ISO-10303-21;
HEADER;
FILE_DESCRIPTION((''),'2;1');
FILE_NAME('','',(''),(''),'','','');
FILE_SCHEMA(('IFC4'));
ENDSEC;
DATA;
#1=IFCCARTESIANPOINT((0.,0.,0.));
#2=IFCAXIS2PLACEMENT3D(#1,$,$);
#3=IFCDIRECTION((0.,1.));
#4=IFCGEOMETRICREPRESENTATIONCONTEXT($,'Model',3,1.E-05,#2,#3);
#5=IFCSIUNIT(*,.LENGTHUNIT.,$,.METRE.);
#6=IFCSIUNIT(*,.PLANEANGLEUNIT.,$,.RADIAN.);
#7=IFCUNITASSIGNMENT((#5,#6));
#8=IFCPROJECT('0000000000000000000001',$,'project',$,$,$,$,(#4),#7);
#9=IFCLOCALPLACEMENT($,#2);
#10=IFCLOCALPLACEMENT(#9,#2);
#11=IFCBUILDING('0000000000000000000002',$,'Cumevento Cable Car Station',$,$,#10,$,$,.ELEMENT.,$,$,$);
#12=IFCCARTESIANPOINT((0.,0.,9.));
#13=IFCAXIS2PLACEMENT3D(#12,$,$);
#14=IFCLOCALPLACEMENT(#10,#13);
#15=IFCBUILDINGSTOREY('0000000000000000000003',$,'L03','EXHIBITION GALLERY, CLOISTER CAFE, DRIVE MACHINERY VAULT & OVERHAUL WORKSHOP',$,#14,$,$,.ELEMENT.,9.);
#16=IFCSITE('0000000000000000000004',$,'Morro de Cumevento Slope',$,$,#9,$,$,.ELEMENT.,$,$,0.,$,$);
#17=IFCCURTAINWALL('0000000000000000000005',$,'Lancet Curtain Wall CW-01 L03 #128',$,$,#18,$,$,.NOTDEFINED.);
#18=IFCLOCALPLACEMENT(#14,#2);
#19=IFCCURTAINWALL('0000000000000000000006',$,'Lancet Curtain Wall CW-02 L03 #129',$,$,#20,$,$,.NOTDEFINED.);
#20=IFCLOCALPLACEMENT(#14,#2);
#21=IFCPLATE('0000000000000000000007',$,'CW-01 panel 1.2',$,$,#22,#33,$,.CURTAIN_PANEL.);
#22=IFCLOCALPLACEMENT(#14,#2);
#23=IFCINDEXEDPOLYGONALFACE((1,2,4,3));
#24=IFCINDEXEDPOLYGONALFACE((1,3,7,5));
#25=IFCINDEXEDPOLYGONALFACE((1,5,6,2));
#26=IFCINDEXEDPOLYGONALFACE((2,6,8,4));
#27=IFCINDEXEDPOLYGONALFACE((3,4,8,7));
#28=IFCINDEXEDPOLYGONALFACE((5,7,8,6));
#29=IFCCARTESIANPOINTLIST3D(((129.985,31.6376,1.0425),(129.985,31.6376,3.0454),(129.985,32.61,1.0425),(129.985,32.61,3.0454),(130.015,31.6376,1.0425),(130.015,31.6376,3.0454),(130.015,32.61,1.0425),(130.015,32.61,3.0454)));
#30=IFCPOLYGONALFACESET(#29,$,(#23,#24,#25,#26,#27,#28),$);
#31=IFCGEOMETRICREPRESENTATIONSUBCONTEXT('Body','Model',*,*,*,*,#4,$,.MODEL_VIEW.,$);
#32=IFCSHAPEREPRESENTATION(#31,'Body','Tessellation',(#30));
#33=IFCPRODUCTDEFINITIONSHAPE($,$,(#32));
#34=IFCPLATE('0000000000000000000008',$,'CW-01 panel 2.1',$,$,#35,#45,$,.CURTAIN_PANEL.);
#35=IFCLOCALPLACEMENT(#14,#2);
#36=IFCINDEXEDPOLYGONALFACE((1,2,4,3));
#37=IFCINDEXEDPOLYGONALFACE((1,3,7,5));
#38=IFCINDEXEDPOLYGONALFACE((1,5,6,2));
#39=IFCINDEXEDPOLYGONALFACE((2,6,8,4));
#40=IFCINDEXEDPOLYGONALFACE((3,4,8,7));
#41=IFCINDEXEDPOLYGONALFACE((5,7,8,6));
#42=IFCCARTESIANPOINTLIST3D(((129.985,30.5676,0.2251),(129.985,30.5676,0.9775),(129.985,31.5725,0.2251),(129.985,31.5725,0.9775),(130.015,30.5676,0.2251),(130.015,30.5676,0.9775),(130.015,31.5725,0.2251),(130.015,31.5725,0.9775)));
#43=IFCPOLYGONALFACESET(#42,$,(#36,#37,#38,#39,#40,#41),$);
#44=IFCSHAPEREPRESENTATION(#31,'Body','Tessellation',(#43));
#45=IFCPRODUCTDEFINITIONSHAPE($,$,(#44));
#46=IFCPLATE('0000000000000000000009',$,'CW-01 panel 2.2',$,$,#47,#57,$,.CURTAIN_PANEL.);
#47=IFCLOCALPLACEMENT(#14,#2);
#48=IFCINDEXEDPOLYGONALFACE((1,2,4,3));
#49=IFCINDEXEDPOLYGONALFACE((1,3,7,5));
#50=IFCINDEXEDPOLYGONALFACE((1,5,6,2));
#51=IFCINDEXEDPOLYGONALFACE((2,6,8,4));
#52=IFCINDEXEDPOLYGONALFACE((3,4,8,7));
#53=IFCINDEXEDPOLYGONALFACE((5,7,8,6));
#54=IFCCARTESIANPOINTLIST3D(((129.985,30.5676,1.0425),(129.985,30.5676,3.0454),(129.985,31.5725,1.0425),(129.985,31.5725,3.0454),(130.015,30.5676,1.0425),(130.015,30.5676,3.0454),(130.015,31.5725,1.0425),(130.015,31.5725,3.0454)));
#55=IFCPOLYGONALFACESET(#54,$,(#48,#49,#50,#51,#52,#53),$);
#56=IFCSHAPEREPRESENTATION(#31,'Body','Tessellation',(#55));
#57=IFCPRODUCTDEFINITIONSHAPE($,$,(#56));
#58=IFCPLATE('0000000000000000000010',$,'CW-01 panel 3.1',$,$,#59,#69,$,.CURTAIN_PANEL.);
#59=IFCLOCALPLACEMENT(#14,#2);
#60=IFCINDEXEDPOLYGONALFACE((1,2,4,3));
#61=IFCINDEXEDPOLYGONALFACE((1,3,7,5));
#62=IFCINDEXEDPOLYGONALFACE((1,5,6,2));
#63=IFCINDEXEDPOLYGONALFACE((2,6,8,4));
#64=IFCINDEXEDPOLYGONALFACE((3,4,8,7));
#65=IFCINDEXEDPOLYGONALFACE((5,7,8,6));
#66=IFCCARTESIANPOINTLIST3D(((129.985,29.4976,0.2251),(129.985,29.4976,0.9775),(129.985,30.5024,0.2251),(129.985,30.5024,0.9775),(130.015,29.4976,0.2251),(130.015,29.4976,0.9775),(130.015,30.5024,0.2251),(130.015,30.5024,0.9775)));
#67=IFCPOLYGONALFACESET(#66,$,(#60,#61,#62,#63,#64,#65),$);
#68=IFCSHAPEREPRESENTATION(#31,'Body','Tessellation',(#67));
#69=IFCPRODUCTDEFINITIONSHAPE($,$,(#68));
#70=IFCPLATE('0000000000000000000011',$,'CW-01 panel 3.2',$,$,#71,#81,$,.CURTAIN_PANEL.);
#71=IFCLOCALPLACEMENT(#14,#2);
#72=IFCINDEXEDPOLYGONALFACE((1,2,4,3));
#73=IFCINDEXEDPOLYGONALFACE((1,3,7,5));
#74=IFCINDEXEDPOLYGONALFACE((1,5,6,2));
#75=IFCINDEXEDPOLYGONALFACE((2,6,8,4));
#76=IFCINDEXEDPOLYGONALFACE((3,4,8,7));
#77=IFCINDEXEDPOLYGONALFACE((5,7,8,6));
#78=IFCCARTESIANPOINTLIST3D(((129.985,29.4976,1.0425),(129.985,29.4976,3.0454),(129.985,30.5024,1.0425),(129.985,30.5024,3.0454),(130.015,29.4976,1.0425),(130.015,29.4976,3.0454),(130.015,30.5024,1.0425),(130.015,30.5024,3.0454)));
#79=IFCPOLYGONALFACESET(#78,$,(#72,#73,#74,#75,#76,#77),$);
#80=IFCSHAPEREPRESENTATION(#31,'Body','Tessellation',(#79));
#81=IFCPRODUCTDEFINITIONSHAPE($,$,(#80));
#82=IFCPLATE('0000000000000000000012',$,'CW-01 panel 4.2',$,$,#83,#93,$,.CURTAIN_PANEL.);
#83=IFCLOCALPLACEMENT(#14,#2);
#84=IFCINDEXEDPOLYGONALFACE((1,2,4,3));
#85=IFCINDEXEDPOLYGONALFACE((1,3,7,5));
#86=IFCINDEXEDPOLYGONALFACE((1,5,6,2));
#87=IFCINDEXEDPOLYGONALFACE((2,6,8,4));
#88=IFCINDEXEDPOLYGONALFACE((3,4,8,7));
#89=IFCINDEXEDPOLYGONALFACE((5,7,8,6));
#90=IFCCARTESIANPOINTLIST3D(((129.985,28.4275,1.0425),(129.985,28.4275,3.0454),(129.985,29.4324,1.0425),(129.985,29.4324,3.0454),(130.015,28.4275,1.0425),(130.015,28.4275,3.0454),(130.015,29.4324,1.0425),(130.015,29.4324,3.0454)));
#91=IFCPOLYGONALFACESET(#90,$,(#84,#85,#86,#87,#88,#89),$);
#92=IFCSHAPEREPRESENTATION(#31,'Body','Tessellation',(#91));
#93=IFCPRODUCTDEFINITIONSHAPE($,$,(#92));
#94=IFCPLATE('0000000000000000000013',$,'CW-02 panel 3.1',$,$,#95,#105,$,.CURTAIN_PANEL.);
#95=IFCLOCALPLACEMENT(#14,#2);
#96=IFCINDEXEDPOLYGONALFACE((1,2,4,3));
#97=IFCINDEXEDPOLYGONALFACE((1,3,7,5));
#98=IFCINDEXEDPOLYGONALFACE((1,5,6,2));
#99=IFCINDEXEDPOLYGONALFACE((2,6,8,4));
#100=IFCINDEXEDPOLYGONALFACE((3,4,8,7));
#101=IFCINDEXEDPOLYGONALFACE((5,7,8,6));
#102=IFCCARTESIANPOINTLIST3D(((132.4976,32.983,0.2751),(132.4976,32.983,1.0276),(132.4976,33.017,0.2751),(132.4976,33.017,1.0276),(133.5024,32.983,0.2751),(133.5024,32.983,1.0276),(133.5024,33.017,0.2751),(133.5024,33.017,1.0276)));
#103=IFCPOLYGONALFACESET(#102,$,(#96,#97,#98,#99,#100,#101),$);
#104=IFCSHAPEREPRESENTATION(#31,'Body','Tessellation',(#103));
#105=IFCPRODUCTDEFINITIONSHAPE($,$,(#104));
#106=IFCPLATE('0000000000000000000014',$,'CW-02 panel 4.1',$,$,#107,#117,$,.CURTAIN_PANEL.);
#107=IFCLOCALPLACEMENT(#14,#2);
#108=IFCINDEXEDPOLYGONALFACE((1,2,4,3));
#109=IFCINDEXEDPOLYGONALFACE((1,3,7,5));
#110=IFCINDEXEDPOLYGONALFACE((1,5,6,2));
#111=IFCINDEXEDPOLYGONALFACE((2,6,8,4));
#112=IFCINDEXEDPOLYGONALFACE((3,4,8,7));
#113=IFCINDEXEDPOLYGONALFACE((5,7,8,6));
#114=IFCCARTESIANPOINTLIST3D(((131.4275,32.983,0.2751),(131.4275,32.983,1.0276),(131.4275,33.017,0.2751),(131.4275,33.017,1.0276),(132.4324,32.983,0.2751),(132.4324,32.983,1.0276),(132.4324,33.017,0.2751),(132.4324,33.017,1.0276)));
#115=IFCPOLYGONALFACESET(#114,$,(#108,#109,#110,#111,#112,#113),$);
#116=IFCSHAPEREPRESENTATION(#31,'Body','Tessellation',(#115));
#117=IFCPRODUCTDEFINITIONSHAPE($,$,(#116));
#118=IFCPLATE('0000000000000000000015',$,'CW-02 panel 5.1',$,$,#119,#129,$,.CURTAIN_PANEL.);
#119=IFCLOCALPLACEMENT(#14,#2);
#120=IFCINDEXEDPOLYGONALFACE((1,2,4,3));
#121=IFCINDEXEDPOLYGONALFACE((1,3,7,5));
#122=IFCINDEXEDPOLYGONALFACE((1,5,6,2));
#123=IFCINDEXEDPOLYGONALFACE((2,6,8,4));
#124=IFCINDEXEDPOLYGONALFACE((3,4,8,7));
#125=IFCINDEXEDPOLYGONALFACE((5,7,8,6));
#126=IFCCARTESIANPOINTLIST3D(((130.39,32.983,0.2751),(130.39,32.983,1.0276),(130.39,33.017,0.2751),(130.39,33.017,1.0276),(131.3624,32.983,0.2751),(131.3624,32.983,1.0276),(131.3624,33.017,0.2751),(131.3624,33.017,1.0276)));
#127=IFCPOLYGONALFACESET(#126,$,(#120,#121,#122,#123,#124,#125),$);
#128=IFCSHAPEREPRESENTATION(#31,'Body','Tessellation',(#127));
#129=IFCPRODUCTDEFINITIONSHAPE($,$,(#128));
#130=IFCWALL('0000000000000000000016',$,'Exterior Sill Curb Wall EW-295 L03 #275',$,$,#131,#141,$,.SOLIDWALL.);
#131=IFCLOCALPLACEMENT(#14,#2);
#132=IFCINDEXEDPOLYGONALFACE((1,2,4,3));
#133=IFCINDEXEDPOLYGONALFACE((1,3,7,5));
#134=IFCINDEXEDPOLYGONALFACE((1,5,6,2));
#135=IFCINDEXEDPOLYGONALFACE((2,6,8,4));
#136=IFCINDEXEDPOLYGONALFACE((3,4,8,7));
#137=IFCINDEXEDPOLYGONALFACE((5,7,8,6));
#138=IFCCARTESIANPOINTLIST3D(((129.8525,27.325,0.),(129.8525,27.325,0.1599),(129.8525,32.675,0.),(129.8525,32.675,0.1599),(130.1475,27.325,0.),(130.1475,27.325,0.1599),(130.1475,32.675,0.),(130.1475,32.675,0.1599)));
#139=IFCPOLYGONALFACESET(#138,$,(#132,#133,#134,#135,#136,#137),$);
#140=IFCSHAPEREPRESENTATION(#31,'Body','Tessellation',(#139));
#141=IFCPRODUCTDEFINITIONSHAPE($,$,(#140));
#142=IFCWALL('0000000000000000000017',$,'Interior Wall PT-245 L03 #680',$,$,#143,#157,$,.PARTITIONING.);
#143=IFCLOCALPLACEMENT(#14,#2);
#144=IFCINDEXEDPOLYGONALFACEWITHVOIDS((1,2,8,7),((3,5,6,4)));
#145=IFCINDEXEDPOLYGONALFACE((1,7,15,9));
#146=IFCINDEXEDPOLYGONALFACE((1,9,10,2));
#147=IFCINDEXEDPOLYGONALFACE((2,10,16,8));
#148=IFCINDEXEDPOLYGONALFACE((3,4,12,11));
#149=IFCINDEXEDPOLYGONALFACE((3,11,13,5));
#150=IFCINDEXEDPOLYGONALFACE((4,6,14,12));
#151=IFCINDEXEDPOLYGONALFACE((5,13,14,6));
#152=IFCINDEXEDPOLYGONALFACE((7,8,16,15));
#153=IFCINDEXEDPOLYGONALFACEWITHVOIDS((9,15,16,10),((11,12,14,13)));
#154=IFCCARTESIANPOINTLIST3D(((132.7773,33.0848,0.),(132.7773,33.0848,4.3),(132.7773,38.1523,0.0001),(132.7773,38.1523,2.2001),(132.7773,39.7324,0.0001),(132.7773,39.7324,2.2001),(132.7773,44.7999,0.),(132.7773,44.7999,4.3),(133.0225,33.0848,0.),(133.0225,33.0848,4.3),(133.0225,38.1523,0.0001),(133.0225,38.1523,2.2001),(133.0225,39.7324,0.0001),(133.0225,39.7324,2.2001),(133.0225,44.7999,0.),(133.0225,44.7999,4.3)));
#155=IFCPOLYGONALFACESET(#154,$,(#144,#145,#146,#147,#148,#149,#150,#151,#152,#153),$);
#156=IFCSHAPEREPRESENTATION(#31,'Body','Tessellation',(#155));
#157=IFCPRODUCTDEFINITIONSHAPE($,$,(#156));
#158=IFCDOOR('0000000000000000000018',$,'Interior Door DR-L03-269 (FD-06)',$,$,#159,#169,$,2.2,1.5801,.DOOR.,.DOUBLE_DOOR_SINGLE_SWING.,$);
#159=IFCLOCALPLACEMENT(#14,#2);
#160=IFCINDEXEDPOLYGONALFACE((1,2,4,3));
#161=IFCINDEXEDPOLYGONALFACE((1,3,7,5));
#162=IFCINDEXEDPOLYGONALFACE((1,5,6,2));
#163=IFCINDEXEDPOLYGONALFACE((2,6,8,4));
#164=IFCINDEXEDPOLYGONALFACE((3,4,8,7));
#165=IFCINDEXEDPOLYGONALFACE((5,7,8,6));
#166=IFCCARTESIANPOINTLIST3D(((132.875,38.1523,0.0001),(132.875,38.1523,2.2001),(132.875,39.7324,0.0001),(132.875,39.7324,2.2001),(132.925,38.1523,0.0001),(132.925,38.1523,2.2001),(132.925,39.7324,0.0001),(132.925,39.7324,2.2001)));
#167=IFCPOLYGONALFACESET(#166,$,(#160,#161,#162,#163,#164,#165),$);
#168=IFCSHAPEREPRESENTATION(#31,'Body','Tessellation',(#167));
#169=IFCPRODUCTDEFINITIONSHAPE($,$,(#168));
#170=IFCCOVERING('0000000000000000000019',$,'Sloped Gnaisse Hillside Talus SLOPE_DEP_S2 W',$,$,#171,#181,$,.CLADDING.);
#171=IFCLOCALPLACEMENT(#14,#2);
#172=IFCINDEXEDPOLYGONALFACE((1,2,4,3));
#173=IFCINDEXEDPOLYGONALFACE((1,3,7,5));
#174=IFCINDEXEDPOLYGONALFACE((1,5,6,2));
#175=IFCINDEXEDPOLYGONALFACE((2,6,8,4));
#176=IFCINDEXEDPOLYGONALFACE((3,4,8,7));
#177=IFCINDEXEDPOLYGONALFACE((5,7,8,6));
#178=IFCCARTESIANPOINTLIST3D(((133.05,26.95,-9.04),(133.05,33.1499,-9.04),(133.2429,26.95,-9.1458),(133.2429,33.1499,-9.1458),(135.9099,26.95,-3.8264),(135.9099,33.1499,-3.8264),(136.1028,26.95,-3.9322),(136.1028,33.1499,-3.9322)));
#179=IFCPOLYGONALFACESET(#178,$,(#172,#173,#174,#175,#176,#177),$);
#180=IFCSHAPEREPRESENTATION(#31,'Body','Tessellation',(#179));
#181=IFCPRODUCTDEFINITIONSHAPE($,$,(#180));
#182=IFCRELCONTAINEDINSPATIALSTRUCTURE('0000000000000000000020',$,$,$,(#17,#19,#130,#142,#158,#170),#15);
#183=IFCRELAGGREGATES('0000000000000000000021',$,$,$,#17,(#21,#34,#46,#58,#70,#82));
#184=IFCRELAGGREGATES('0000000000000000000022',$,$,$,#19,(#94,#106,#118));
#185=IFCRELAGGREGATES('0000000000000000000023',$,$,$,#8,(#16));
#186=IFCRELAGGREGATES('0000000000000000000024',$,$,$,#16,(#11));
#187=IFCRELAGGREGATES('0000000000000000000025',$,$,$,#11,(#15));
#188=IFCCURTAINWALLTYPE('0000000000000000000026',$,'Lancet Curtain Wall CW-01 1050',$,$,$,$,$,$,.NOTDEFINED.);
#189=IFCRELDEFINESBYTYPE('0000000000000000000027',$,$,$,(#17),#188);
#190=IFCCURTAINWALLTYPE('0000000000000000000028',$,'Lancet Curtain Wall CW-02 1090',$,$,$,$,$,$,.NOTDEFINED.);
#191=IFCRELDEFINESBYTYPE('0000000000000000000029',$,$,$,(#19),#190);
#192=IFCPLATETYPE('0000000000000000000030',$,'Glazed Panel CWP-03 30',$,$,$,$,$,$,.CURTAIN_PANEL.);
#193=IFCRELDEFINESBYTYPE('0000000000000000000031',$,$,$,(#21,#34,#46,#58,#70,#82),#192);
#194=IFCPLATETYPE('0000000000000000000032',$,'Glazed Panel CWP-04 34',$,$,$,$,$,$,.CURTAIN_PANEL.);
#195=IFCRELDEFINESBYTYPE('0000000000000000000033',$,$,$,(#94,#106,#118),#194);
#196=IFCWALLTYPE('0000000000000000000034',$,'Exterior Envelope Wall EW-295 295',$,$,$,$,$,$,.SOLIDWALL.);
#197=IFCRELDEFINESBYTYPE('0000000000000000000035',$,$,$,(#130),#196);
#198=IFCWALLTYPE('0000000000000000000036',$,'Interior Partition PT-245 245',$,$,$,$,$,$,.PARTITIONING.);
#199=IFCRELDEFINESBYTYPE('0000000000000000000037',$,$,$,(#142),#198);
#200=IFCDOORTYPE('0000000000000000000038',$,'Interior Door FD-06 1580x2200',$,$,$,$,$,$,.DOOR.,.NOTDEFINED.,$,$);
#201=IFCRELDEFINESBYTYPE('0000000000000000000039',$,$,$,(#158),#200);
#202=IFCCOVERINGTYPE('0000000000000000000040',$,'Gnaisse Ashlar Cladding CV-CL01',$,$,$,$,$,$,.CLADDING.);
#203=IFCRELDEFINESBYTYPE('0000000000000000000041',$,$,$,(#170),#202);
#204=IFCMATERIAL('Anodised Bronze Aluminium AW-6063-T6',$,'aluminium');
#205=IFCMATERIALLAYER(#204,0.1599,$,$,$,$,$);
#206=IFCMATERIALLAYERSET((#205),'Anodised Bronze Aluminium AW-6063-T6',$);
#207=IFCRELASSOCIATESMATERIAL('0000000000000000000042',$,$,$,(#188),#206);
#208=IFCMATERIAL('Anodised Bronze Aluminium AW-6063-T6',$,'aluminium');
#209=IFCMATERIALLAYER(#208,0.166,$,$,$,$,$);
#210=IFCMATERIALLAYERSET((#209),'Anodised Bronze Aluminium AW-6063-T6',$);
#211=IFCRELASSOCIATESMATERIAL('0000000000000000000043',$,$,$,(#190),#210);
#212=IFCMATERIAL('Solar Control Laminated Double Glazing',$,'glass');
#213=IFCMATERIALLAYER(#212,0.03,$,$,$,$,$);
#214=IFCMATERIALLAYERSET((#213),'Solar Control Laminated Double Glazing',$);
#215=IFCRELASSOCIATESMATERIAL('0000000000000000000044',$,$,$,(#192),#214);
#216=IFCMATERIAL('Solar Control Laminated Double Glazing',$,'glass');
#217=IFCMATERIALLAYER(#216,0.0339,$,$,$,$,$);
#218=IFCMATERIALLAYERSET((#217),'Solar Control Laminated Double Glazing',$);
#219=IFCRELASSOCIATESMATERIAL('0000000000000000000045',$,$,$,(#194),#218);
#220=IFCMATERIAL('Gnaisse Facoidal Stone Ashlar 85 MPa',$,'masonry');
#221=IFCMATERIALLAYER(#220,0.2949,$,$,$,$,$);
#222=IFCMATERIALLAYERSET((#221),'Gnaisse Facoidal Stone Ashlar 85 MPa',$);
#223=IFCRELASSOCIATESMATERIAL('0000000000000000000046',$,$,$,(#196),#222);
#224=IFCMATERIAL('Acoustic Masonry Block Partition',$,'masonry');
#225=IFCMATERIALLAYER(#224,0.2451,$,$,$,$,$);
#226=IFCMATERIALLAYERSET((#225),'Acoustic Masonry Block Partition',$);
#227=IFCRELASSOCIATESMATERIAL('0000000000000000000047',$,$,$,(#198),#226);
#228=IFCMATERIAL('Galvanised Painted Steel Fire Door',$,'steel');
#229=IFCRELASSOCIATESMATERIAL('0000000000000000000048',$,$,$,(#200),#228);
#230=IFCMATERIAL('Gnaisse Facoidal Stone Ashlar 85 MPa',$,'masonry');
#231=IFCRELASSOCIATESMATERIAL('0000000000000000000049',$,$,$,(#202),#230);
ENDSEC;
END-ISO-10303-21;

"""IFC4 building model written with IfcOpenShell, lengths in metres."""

from ifc_helpers import new_model, si_unit, direction, frame, frame_2d, origin, origin_2d, place, context, subcontext, project, spatial, polyline, rectangle, outline, extrude, material, layer, layer_set, type_object, element, fill, aggregate, save


model = new_model("IFC4")

# Units and contexts
model_context = context("Model", 3, precision=1e-05, world=origin(), true_north=direction((0.0, 1.0)))
body_context = subcontext(model_context, "Body", "Model", "MODEL_VIEW")
ifc_project = project(units=[si_unit("LENGTHUNIT", "METRE"), si_unit("PLANEANGLEUNIT", "RADIAN")], contexts=[model_context])

# Site, building, storey
site_placement = place(None, origin())
site = spatial("IfcSite", under=ifc_project, at=site_placement, Name="Morro de Cumevento Slope", CompositionType="ELEMENT", RefElevation=0.0)
building_placement = place(site_placement, origin())
building = spatial("IfcBuilding", under=site, at=building_placement, Name="Cumevento Cable Car Station", CompositionType="ELEMENT")
storey_placement = place(building_placement, frame((0.0, 0.0, 9.0)))
storey = spatial("IfcBuildingStorey", under=building, at=storey_placement, Name="L03", Description="EXHIBITION GALLERY, CLOISTER CAFE, DRIVE MACHINERY VAULT & OVERHAUL WORKSHOP", CompositionType="ELEMENT", Elevation=9.0)

# Curtain walls
ifc_material_1 = material(Name="Anodised Bronze Aluminium AW-6063-T6", Category="aluminium")
ifc_layer_1 = layer(ifc_material_1, 0.1599)
ifc_layer_set_1 = layer_set([ifc_layer_1], Name="Anodised Bronze Aluminium AW-6063-T6")
curtain_wall_type_1 = type_object("IfcCurtainWallType", Name="Lancet Curtain Wall CW-01 1050", PredefinedType="NOTDEFINED", material=ifc_layer_set_1)
curtain_wall_1_placement = place(storey_placement, origin())
curtain_wall_1 = element("IfcCurtainWall", 1, at=curtain_wall_1_placement, inside=storey, type_object=curtain_wall_type_1, Name="Lancet Curtain Wall CW-01 L03 #128", PredefinedType="NOTDEFINED")
ifc_material_2 = material(Name="Anodised Bronze Aluminium AW-6063-T6", Category="aluminium")
ifc_layer_2 = layer(ifc_material_2, 0.166)
ifc_layer_set_2 = layer_set([ifc_layer_2], Name="Anodised Bronze Aluminium AW-6063-T6")
curtain_wall_type_2 = type_object("IfcCurtainWallType", Name="Lancet Curtain Wall CW-02 1090", PredefinedType="NOTDEFINED", material=ifc_layer_set_2)
curtain_wall_2_placement = place(storey_placement, origin())
curtain_wall_2 = element("IfcCurtainWall", 2, at=curtain_wall_2_placement, inside=storey, type_object=curtain_wall_type_2, Name="Lancet Curtain Wall CW-02 L03 #129", PredefinedType="NOTDEFINED")

# Plates
ifc_material_3 = material(Name="Solar Control Laminated Double Glazing", Category="glass")
ifc_layer_3 = layer(ifc_material_3, 0.03)
ifc_layer_set_3 = layer_set([ifc_layer_3], Name="Solar Control Laminated Double Glazing")
plate_type_1 = type_object("IfcPlateType", Name="Glazed Panel CWP-03 30", PredefinedType="CURTAIN_PANEL", material=ifc_layer_set_3)
plate_1_placement = place(storey_placement, frame((130.0, 32.1238, 1.0425), z_axis=(0.0, 0.0, 1.0), x_axis=(0.0, -1.0, 0.0)))
plate_1 = element("IfcPlate", 3, at=plate_1_placement, type_object=plate_type_1, Name="CW-01 panel 1.2", PredefinedType="CURTAIN_PANEL", context=body_context, shape_type="SweptSolid", body=[
    extrude(rectangle(XDim=0.9724, YDim=0.03, at=origin_2d()), origin(), (0.0, 0.0, 1.0), 2.0029),
])
plate_2_placement = place(storey_placement, frame((130.0, 31.0701, 0.2251), z_axis=(0.0, 0.0, 1.0), x_axis=(0.0, -1.0, 0.0)))
plate_2 = element("IfcPlate", 4, at=plate_2_placement, type_object=plate_type_1, Name="CW-01 panel 2.1", PredefinedType="CURTAIN_PANEL", context=body_context, shape_type="SweptSolid", body=[
    extrude(rectangle(XDim=1.0049, YDim=0.03, at=origin_2d()), origin(), (0.0, 0.0, 1.0), 0.7524),
])
plate_3_placement = place(storey_placement, frame((130.0, 31.0701, 1.0425), z_axis=(0.0, 0.0, 1.0), x_axis=(0.0, -1.0, 0.0)))
plate_3 = element("IfcPlate", 5, at=plate_3_placement, type_object=plate_type_1, Name="CW-01 panel 2.2", PredefinedType="CURTAIN_PANEL", context=body_context, shape_type="SweptSolid", body=[
    extrude(rectangle(XDim=1.0049, YDim=0.03, at=origin_2d()), origin(), (0.0, 0.0, 1.0), 2.0029),
])
plate_4_placement = place(storey_placement, frame((130.0, 30.0, 0.2251), z_axis=(0.0, 0.0, 1.0), x_axis=(0.0, -1.0, 0.0)))
plate_4 = element("IfcPlate", 6, at=plate_4_placement, type_object=plate_type_1, Name="CW-01 panel 3.1", PredefinedType="CURTAIN_PANEL", context=body_context, shape_type="SweptSolid", body=[
    extrude(rectangle(XDim=1.0049, YDim=0.03, at=origin_2d()), origin(), (0.0, 0.0, 1.0), 0.7524),
])
plate_5_placement = place(storey_placement, frame((130.0, 30.0, 1.0425), z_axis=(0.0, 0.0, 1.0), x_axis=(0.0, -1.0, 0.0)))
plate_5 = element("IfcPlate", 7, at=plate_5_placement, type_object=plate_type_1, Name="CW-01 panel 3.2", PredefinedType="CURTAIN_PANEL", context=body_context, shape_type="SweptSolid", body=[
    extrude(rectangle(XDim=1.0049, YDim=0.03, at=origin_2d()), origin(), (0.0, 0.0, 1.0), 2.0029),
])
plate_6_placement = place(storey_placement, frame((130.0, 28.9299, 1.0425), z_axis=(0.0, 0.0, 1.0), x_axis=(0.0, -1.0, 0.0)))
plate_6 = element("IfcPlate", 8, at=plate_6_placement, type_object=plate_type_1, Name="CW-01 panel 4.2", PredefinedType="CURTAIN_PANEL", context=body_context, shape_type="SweptSolid", body=[
    extrude(rectangle(XDim=1.0049, YDim=0.03, at=origin_2d()), origin(), (0.0, 0.0, 1.0), 2.0029),
])
aggregate(curtain_wall_1, [plate_1, plate_2, plate_3, plate_4, plate_5, plate_6])
ifc_material_4 = material(Name="Solar Control Laminated Double Glazing", Category="glass")
ifc_layer_4 = layer(ifc_material_4, 0.0339)
ifc_layer_set_4 = layer_set([ifc_layer_4], Name="Solar Control Laminated Double Glazing")
plate_type_2 = type_object("IfcPlateType", Name="Glazed Panel CWP-04 34", PredefinedType="CURTAIN_PANEL", material=ifc_layer_set_4)
plate_7_placement = place(storey_placement, frame((133.0, 33.0, 0.2751), z_axis=(0.0, 0.0, 1.0), x_axis=(-1.0, 0.0, 0.0)))
plate_7 = element("IfcPlate", 9, at=plate_7_placement, type_object=plate_type_2, Name="CW-02 panel 3.1", PredefinedType="CURTAIN_PANEL", context=body_context, shape_type="SweptSolid", body=[
    extrude(rectangle(XDim=1.0049, YDim=0.0339, at=origin_2d()), origin(), (0.0, 0.0, 1.0), 0.7524),
])
plate_8_placement = place(storey_placement, frame((131.9299, 33.0, 0.2751), z_axis=(0.0, 0.0, 1.0), x_axis=(-1.0, 0.0, 0.0)))
plate_8 = element("IfcPlate", 10, at=plate_8_placement, type_object=plate_type_2, Name="CW-02 panel 4.1", PredefinedType="CURTAIN_PANEL", context=body_context, shape_type="SweptSolid", body=[
    extrude(rectangle(XDim=1.0049, YDim=0.0339, at=origin_2d()), origin(), (0.0, 0.0, 1.0), 0.7524),
])
plate_9_placement = place(storey_placement, frame((130.8762, 33.0, 0.2751), z_axis=(0.0, 0.0, 1.0), x_axis=(-1.0, 0.0, 0.0)))
plate_9 = element("IfcPlate", 11, at=plate_9_placement, type_object=plate_type_2, Name="CW-02 panel 5.1", PredefinedType="CURTAIN_PANEL", context=body_context, shape_type="SweptSolid", body=[
    extrude(rectangle(XDim=0.9724, YDim=0.0339, at=origin_2d()), origin(), (0.0, 0.0, 1.0), 0.7524),
])
aggregate(curtain_wall_2, [plate_7, plate_8, plate_9])

# Wall
ifc_material_5 = material(Name="Gnaisse Facoidal Stone Ashlar 85 MPa", Category="masonry")
ifc_layer_5 = layer(ifc_material_5, 0.2949)
ifc_layer_set_5 = layer_set([ifc_layer_5], Name="Gnaisse Facoidal Stone Ashlar 85 MPa")
wall_type_1 = type_object("IfcWallType", Name="Exterior Envelope Wall EW-295 295", PredefinedType="SOLIDWALL", material=ifc_layer_set_5)
wall_1_placement = place(storey_placement, frame((130.0, 32.675, 0.0), z_axis=(0.0, 0.0, 1.0), x_axis=(0.0, -1.0, 0.0)))
element("IfcWall", 12, at=wall_1_placement, inside=storey, type_object=wall_type_1, Name="Exterior Sill Curb Wall EW-295 L03 #275", PredefinedType="SOLIDWALL", context=body_context, shape_type="SweptSolid", body=[
    extrude(rectangle(XDim=5.3501, YDim=0.2949, at=frame_2d((2.675, 0.0))), origin(), (0.0, 0.0, 1.0), 0.1599),
])

# Wall, opening, door
ifc_material_6 = material(Name="Acoustic Masonry Block Partition", Category="masonry")
ifc_layer_6 = layer(ifc_material_6, 0.2451)
ifc_layer_set_6 = layer_set([ifc_layer_6], Name="Acoustic Masonry Block Partition")
wall_type_2 = type_object("IfcWallType", Name="Interior Partition PT-245 245", PredefinedType="PARTITIONING", material=ifc_layer_set_6)
wall_2_placement = place(storey_placement, frame((132.8999, 33.085, 0.0), z_axis=(0.0, 0.0, 1.0), x_axis=(0.0, 1.0, 0.0)))
wall_2 = element("IfcWall", 13, at=wall_2_placement, inside=storey, type_object=wall_type_2, Name="Interior Wall PT-245 L03 #680", PredefinedType="PARTITIONING", context=body_context, shape_type="SweptSolid", body=[
    extrude(rectangle(XDim=11.7151, YDim=0.2451, at=frame_2d((5.8574, 0.0))), origin(), (0.0, 0.0, 1.0), 4.3),
])
opening_placement = place(wall_2_placement, frame((5.0674, 0.0, 0.0)))
opening = element("IfcOpeningElement", 14, at=opening_placement, cuts=wall_2, PredefinedType="OPENING", context=body_context, shape_type="SweptSolid", body=[
    extrude(rectangle(XDim=1.5801, YDim=2.2, at=frame_2d((0.79, 1.1001))), frame((0.0, 0.1326, 0.0), z_axis=(0.0, -1.0, 0.0), x_axis=(1.0, 0.0, 0.0)), (0.0, 0.0, 1.0), 0.2651),
])
ifc_material_7 = material(Name="Galvanised Painted Steel Fire Door", Category="steel")
door_type = type_object("IfcDoorType", Name="Interior Door FD-06 1580x2200", OperationType="NOTDEFINED", PredefinedType="DOOR", material=ifc_material_7)
door_placement = place(opening_placement, origin())
door = element("IfcDoor", 15, at=door_placement, inside=storey, type_object=door_type, Name="Interior Door DR-L03-269 (FD-06)", OperationType="DOUBLE_DOOR_SINGLE_SWING", OverallHeight=2.2, OverallWidth=1.5801, PredefinedType="DOOR", context=body_context, shape_type="SweptSolid", body=[
    extrude(rectangle(XDim=1.5801, YDim=2.2, at=frame_2d((0.79, 1.1001))), frame((0.0, 0.0249, 0.0), z_axis=(0.0, -1.0, 0.0), x_axis=(1.0, 0.0, 0.0)), (0.0, 0.0, 1.0), 0.05),
])
fill(opening, door)

# Covering
ifc_material_8 = material(Name="Gnaisse Facoidal Stone Ashlar 85 MPa", Category="masonry")
covering_type = type_object("IfcCoveringType", Name="Gnaisse Ashlar Cladding CV-CL01", PredefinedType="CLADDING", material=ifc_material_8)
covering_1_placement = place(storey_placement, frame((133.05, 33.1499, -9.04), z_axis=(-0.876757, 0.0, 0.480933), x_axis=(0.0, -1.0, 0.0)))
element("IfcCovering", 16, at=covering_1_placement, inside=storey, type_object=covering_type, Name="Sloped Gnaisse Hillside Talus SLOPE_DEP_S2 W", PredefinedType="CLADDING", context=body_context, shape_type="SweptSolid", body=[
    extrude(outline(polyline([(0.0, 0.0), (6.2, 0.0), (6.2, 5.9465), (0.0, 5.9465), (0.0, 0.0)])), origin(), (0.0, 0.0, -1.0), 0.22),
])

save(model, "model.ifc")
